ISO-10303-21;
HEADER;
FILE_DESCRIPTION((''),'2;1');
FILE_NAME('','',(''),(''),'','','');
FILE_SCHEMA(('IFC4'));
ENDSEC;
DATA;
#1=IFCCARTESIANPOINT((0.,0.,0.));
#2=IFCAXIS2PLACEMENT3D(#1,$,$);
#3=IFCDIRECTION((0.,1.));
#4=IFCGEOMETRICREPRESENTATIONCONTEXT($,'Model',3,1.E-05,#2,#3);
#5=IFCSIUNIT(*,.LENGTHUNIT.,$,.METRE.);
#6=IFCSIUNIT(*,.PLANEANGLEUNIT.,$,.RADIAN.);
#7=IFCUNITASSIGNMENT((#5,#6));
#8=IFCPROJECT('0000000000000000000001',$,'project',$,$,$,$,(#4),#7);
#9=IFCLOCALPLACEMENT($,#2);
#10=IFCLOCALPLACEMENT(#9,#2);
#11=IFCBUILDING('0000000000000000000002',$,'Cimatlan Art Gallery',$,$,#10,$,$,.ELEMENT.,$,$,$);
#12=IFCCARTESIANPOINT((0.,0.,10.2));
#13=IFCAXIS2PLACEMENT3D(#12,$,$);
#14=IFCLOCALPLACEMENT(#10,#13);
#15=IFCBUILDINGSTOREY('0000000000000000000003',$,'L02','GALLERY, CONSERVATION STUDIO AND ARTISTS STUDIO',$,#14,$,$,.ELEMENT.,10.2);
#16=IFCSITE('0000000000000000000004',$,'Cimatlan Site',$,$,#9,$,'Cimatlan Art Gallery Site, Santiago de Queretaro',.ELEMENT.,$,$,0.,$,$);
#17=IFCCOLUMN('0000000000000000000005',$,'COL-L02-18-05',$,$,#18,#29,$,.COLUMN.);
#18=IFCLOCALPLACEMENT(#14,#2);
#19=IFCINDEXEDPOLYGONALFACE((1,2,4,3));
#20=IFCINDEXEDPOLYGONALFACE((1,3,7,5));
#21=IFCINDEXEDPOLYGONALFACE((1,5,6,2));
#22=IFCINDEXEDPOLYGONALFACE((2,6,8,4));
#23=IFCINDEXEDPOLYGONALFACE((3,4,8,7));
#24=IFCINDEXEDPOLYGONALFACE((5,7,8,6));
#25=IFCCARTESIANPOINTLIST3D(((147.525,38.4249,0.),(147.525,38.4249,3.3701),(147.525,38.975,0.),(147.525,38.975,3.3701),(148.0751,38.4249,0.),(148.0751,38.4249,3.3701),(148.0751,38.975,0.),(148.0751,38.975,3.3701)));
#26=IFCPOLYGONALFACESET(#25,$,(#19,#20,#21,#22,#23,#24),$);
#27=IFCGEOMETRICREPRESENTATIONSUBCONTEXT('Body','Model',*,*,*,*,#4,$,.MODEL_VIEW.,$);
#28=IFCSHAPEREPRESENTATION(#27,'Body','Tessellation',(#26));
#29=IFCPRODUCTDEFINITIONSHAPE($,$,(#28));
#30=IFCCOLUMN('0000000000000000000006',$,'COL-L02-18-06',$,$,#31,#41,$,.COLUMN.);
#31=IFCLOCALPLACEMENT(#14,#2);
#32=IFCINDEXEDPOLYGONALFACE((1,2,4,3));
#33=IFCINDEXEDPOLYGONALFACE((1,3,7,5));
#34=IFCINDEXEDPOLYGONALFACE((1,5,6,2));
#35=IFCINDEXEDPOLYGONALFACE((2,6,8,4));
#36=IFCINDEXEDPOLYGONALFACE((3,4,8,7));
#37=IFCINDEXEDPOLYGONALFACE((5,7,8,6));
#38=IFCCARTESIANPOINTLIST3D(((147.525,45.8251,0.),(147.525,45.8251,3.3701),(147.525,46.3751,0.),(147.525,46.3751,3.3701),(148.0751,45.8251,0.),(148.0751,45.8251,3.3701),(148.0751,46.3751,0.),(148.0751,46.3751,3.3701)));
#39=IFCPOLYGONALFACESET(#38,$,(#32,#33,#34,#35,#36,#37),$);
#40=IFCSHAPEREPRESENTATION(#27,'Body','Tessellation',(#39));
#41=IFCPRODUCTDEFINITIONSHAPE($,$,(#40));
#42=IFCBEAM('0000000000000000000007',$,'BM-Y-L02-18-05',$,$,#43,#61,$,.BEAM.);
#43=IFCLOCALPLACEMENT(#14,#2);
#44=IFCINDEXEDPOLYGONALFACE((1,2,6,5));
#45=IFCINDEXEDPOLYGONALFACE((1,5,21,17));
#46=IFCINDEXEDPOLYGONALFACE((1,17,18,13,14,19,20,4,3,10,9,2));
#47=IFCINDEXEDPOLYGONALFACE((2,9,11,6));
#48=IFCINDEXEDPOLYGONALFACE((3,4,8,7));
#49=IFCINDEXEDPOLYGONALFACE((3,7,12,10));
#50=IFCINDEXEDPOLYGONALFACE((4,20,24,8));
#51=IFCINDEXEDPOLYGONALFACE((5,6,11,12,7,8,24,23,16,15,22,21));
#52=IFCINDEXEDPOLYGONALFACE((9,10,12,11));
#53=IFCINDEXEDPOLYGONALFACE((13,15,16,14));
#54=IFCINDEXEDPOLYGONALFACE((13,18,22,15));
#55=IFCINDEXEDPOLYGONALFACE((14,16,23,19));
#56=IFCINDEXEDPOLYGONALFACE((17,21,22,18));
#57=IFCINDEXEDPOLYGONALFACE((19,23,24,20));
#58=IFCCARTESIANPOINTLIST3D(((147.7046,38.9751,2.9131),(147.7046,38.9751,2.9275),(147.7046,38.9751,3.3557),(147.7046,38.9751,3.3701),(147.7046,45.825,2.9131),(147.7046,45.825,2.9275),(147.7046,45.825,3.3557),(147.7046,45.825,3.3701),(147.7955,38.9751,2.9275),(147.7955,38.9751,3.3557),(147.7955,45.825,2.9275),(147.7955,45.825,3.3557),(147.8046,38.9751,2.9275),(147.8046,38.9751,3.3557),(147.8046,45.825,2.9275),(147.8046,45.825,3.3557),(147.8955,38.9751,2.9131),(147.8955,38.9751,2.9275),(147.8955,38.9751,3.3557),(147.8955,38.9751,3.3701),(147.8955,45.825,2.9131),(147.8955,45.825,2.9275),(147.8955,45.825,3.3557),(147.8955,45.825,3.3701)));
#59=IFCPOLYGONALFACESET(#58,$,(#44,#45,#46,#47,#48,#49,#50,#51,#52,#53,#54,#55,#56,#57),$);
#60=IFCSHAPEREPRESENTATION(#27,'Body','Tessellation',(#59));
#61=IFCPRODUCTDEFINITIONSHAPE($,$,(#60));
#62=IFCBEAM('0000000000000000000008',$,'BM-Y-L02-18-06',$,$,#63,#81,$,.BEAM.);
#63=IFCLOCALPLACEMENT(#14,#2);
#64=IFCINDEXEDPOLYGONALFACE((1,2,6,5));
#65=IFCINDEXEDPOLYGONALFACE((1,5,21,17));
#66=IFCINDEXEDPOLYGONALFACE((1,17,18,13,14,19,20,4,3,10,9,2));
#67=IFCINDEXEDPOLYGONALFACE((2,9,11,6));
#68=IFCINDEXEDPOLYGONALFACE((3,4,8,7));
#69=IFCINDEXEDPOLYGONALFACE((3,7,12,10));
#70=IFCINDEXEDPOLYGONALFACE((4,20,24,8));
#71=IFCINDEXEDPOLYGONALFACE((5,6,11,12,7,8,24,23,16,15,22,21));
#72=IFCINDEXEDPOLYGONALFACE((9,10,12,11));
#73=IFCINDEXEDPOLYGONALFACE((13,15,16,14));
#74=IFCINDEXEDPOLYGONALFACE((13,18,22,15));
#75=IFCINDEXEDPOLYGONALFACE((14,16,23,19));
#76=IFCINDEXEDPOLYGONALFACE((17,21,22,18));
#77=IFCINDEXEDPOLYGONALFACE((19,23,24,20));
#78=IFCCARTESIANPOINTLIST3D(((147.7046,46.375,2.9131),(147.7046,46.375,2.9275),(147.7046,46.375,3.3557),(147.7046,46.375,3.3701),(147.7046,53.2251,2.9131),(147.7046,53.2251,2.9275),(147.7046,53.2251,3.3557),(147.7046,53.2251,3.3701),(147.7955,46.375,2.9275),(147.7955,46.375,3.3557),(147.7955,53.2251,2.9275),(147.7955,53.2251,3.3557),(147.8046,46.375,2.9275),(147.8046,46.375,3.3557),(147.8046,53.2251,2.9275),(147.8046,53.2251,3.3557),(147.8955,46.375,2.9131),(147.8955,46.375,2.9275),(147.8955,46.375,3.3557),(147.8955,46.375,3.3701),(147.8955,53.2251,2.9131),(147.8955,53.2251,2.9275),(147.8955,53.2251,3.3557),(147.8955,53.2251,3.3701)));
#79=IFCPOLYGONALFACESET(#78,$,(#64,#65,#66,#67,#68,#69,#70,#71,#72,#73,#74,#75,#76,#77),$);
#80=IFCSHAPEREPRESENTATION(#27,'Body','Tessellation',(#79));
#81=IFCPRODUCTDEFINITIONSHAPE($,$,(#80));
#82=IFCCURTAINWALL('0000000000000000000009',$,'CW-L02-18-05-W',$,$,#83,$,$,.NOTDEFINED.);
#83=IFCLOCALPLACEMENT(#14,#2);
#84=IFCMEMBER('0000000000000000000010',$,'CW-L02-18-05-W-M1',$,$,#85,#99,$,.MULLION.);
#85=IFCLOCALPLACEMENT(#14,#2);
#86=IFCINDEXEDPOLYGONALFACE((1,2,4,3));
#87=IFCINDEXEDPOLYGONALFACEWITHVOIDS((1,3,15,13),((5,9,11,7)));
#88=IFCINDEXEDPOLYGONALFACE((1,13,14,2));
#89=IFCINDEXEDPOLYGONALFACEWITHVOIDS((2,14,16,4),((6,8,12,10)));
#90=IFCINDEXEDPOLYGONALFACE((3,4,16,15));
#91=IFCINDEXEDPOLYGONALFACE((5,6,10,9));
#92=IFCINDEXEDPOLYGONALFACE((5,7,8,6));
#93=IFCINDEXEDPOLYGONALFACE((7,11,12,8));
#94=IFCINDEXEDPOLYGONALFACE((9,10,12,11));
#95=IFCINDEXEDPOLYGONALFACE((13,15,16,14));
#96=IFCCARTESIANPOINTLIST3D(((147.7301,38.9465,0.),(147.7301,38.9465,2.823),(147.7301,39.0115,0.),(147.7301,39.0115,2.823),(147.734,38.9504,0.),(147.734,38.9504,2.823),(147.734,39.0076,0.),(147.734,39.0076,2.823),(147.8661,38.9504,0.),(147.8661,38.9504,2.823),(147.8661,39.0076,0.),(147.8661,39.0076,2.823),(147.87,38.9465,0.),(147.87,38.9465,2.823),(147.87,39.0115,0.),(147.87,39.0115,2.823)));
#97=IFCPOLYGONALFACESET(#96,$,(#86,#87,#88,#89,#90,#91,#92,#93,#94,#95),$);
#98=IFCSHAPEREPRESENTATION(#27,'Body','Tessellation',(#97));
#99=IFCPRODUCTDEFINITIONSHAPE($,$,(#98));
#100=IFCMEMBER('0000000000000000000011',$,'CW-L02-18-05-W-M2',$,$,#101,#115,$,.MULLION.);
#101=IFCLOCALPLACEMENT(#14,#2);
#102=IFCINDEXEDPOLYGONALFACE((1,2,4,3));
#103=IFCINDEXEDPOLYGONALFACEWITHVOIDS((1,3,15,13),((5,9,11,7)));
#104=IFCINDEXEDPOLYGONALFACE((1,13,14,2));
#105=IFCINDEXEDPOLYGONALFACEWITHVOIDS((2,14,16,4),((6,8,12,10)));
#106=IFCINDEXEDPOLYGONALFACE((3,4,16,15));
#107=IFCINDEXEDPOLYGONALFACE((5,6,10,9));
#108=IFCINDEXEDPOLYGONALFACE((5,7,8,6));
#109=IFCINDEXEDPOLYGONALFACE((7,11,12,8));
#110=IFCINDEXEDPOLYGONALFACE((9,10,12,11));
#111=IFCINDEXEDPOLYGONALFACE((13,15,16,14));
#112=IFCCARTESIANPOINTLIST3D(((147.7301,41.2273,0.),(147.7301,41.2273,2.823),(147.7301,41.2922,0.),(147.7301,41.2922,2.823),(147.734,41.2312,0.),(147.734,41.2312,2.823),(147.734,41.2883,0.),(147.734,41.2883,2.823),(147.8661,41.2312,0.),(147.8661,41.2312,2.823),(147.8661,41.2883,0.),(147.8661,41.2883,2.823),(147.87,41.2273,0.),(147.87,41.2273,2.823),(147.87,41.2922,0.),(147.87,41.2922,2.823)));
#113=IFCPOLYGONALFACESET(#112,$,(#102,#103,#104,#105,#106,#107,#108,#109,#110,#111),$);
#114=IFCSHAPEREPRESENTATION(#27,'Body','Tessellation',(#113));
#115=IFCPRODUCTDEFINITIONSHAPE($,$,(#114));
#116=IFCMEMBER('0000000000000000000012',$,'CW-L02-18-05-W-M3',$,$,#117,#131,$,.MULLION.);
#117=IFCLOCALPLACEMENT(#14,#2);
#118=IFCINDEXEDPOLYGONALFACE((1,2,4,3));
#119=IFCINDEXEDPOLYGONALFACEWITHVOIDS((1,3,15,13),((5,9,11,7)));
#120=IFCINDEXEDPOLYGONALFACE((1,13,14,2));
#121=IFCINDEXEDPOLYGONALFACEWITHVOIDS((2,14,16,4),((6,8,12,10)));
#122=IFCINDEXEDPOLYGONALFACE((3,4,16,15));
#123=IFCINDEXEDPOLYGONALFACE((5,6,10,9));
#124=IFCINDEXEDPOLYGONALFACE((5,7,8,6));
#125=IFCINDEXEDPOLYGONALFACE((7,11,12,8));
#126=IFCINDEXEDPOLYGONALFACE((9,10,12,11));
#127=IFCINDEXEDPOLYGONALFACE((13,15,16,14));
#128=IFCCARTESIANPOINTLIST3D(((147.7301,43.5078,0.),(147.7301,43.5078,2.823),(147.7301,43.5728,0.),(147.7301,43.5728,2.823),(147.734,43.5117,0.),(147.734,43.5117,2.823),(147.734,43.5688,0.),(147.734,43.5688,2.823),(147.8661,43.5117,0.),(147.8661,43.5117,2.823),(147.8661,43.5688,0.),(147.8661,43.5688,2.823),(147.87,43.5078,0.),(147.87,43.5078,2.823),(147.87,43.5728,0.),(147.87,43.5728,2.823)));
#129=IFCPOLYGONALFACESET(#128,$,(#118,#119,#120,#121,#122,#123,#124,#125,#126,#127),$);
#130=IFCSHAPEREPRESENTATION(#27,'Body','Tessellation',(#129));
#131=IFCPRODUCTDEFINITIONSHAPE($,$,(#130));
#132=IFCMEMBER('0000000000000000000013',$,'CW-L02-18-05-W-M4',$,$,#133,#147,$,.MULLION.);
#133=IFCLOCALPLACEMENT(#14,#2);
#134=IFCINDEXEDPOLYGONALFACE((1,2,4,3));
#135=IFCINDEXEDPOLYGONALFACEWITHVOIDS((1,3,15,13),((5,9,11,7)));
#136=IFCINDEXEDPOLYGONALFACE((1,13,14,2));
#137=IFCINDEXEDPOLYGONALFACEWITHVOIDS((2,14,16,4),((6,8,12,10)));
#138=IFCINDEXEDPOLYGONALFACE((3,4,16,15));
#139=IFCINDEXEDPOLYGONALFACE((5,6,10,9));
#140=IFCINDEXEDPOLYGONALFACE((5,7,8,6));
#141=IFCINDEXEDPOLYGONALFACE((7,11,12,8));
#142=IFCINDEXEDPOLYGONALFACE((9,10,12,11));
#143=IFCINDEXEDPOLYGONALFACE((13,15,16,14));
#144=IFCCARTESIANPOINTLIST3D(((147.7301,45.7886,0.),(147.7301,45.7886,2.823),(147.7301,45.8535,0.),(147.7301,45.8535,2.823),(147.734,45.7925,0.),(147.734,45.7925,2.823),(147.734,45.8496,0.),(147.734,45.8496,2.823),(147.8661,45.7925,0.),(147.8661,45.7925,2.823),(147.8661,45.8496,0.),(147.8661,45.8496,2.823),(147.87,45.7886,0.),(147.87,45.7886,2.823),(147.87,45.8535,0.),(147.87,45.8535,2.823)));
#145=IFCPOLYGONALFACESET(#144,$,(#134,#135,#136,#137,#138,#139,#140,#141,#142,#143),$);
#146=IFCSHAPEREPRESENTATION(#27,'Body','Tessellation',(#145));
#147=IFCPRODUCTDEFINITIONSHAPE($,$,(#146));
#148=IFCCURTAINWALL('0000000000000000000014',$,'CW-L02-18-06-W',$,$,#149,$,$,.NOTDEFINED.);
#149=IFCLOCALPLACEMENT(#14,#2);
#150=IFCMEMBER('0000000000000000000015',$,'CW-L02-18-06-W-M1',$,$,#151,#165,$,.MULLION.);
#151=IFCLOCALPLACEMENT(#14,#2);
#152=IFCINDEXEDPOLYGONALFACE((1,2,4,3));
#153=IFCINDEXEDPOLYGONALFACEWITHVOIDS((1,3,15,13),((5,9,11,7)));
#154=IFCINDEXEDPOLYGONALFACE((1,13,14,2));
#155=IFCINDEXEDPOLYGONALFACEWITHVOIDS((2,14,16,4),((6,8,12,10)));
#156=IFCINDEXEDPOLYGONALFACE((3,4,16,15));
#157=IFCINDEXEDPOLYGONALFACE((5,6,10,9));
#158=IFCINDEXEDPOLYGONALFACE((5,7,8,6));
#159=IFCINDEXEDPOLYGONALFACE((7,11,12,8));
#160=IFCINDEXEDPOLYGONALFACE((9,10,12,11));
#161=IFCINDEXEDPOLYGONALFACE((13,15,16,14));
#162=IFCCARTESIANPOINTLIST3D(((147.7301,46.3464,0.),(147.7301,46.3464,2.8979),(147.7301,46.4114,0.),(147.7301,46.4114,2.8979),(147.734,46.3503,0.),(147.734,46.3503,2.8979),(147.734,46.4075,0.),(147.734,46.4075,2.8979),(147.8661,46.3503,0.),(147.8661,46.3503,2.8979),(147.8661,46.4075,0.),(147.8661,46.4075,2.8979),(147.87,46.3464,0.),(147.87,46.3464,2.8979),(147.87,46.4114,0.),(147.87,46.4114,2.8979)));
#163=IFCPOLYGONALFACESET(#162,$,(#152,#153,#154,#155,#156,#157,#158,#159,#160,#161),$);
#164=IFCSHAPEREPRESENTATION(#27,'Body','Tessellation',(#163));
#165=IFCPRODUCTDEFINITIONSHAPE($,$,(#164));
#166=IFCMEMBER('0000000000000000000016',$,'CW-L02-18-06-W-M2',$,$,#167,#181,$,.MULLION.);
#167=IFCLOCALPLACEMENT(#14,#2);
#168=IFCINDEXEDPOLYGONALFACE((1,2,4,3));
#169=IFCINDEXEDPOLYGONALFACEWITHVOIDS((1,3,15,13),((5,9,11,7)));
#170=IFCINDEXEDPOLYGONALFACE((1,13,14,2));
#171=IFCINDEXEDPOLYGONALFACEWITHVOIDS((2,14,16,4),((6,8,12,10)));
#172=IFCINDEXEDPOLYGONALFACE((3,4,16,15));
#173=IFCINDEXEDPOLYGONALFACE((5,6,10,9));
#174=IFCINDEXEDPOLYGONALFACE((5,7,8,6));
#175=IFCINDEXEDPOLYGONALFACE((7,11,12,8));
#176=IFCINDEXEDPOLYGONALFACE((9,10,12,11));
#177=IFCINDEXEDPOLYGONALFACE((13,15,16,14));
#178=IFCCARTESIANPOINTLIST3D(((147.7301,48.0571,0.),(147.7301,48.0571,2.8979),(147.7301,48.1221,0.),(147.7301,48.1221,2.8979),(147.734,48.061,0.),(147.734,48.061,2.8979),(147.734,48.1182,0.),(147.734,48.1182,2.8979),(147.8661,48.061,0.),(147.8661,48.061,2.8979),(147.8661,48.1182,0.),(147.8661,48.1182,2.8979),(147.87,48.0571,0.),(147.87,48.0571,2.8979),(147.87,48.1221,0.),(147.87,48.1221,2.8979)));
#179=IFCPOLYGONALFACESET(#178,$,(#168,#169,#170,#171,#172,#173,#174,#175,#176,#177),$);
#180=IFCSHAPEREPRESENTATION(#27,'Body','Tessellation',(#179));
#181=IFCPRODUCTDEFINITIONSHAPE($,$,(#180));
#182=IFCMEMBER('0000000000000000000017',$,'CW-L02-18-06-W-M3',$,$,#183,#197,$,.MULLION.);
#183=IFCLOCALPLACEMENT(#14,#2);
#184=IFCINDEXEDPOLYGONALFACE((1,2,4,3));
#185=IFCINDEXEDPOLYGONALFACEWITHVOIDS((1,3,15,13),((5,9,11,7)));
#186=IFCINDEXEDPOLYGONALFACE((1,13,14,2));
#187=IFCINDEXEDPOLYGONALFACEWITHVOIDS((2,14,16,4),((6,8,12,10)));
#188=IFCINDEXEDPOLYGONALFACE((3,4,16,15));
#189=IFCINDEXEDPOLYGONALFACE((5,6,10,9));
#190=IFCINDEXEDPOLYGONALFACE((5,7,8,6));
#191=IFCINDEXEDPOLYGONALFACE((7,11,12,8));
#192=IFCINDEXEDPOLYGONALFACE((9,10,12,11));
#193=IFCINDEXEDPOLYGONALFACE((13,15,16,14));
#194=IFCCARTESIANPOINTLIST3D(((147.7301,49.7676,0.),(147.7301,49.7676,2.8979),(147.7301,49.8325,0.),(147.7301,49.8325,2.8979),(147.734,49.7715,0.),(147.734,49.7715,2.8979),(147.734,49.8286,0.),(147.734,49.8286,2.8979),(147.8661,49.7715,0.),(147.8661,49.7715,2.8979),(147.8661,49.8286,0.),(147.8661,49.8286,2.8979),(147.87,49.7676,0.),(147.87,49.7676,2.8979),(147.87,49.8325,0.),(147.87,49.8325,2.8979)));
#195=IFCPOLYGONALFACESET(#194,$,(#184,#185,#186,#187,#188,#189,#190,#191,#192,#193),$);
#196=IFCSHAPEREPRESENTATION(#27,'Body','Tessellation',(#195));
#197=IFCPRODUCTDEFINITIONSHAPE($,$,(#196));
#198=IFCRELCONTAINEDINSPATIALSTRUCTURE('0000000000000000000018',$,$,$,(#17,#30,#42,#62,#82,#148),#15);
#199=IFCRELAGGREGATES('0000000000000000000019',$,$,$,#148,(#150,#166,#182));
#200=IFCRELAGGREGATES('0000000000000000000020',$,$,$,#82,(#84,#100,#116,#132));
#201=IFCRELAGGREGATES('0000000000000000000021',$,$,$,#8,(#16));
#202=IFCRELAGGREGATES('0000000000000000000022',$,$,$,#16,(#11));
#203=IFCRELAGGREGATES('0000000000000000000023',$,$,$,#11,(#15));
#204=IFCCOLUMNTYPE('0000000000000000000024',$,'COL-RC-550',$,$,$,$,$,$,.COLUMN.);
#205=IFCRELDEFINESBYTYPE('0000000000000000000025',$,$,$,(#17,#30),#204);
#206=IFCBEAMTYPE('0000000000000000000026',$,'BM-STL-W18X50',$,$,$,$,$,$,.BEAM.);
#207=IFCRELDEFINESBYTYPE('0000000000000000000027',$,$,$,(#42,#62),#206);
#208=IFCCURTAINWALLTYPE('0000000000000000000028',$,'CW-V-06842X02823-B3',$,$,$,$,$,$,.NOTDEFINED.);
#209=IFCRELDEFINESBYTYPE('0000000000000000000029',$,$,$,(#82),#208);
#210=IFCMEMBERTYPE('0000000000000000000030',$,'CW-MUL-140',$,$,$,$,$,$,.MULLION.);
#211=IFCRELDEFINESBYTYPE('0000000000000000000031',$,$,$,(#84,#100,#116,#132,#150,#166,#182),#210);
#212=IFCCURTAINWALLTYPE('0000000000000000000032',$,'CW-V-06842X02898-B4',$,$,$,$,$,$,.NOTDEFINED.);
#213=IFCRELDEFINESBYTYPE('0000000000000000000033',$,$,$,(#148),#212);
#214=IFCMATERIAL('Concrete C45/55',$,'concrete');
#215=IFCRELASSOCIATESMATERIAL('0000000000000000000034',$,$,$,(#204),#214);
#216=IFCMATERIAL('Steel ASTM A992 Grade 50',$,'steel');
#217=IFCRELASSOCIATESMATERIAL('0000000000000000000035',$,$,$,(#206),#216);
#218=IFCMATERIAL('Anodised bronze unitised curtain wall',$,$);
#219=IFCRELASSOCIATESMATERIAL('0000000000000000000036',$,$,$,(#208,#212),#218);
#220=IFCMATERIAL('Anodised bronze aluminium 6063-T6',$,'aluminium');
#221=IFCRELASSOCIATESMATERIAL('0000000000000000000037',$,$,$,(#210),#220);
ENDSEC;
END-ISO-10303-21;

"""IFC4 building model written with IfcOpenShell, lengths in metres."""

from ifc_helpers import new_model, si_unit, direction, frame, origin, origin_2d, place, context, subcontext, project, spatial, rectangle, hollow_rectangle, i_section, extrude, material, material_profile, profile_set, type_object, element, aggregate, save


model = new_model("IFC4")

# Units and contexts
model_context = context("Model", 3, precision=1e-05, world=origin(), true_north=direction((0.0, 1.0)))
body_context = subcontext(model_context, "Body", "Model", "MODEL_VIEW")
ifc_project = project(units=[si_unit("LENGTHUNIT", "METRE"), si_unit("PLANEANGLEUNIT", "RADIAN")], contexts=[model_context])

# Site, building, storey
site_placement = place(None, origin())
site = spatial("IfcSite", under=ifc_project, at=site_placement, Name="Cimatlan Site", LongName="Cimatlan Art Gallery Site, Santiago de Queretaro", CompositionType="ELEMENT", RefElevation=0.0)
building_placement = place(site_placement, origin())
building = spatial("IfcBuilding", under=site, at=building_placement, Name="Cimatlan Art Gallery", CompositionType="ELEMENT")
storey_placement = place(building_placement, frame((0.0, 0.0, 10.2)))
storey = spatial("IfcBuildingStorey", under=building, at=storey_placement, Name="L02", Description="GALLERY, CONSERVATION STUDIO AND ARTISTS STUDIO", CompositionType="ELEMENT", Elevation=10.2)

# Columns
ifc_material_1 = material(Name="Concrete C45/55", Category="concrete")
ifc_material_profile_1 = material_profile(ifc_material_1, rectangle(XDim=0.55, YDim=0.55, at=origin_2d()), Name="RC550X550")
ifc_profile_set_1 = profile_set([ifc_material_profile_1], Name="Concrete C45/55")
column_type = type_object("IfcColumnType", Name="COL-RC-550", PredefinedType="COLUMN", material=ifc_profile_set_1)
for number, where, z_axis, x_axis, name in (
    (1, (147.8, 38.7, 0.0), (0.0, 0.0, 1.0), (1.0, 0.0, 0.0), "COL-L02-18-05"),
    (2, (147.8, 46.1001, 0.0), (0.0, 0.0, 1.0), (1.0, 0.0, 0.0), "COL-L02-18-06"),
):
    element("IfcColumn", number, at=place(storey_placement, frame(where, z_axis=z_axis, x_axis=x_axis)), inside=storey, type_object=column_type, Name=name, PredefinedType="COLUMN", context=body_context, shape_type="SweptSolid", body=[
        extrude(rectangle(XDim=0.55, YDim=0.55, at=origin_2d()), origin(), (0.0, 0.0, 1.0), 3.3701),
    ])

# Beams
ifc_material_2 = material(Name="Steel ASTM A992 Grade 50", Category="steel")
ifc_material_profile_2 = material_profile(ifc_material_2, i_section(OverallWidth=0.1909, OverallDepth=0.457, WebThickness=0.009, FlangeThickness=0.0144, at=origin_2d()), Name="W18X50")
ifc_profile_set_2 = profile_set([ifc_material_profile_2], Name="Steel ASTM A992 Grade 50")
beam_type = type_object("IfcBeamType", Name="BM-STL-W18X50", PredefinedType="BEAM", material=ifc_profile_set_2)
beam_1_placement = place(storey_placement, frame((147.8, 38.9751, 3.1416), z_axis=(0.0, 1.0, 0.0), x_axis=(-1.0, 0.0, 0.0)))
element("IfcBeam", 3, at=beam_1_placement, inside=storey, type_object=beam_type, Name="BM-Y-L02-18-05", PredefinedType="BEAM", context=body_context, shape_type="SweptSolid", body=[
    extrude(i_section(OverallWidth=0.1909, OverallDepth=0.457, WebThickness=0.009, FlangeThickness=0.0144, at=origin_2d()), origin(), (0.0, 0.0, 1.0), 6.8499),
])
beam_2_placement = place(storey_placement, frame((147.8, 46.375, 3.1416), z_axis=(0.0, 1.0, 0.0), x_axis=(-1.0, 0.0, 0.0)))
element("IfcBeam", 4, at=beam_2_placement, inside=storey, type_object=beam_type, Name="BM-Y-L02-18-06", PredefinedType="BEAM", context=body_context, shape_type="SweptSolid", body=[
    extrude(i_section(OverallWidth=0.1909, OverallDepth=0.457, WebThickness=0.009, FlangeThickness=0.0144, at=origin_2d()), origin(), (0.0, 0.0, 1.0), 6.8501),
])

# Curtain walls, members
ifc_material_3 = material(Name="Anodised bronze unitised curtain wall")
curtain_wall_type_1 = type_object("IfcCurtainWallType", Name="CW-V-06842X02823-B3", PredefinedType="NOTDEFINED", material=ifc_material_3)
curtain_wall_1_placement = place(storey_placement, origin())
curtain_wall_1 = element("IfcCurtainWall", 5, at=curtain_wall_1_placement, inside=storey, type_object=curtain_wall_type_1, Name="CW-L02-18-05-W", PredefinedType="NOTDEFINED")
ifc_material_4 = material(Name="Anodised bronze aluminium 6063-T6", Category="aluminium")
ifc_material_profile_3 = material_profile(ifc_material_4, hollow_rectangle(XDim=0.0649, YDim=0.1399, WallThickness=0.0039, at=origin_2d()), Name="ALU65X140X4")
ifc_profile_set_3 = profile_set([ifc_material_profile_3], Name="Anodised bronze aluminium 6063-T6")
member_type_1 = type_object("IfcMemberType", Name="CW-MUL-140", PredefinedType="MULLION", material=ifc_profile_set_3)
member_1_placement = place(storey_placement, frame((147.8, 38.979, 0.0), z_axis=(0.0, 0.0, 1.0), x_axis=(0.0, 1.0, 0.0)))
member_1 = element("IfcMember", 6, at=member_1_placement, type_object=member_type_1, Name="CW-L02-18-05-W-M1", PredefinedType="MULLION", context=body_context, shape_type="SweptSolid", body=[
    extrude(hollow_rectangle(XDim=0.0649, YDim=0.1399, WallThickness=0.0039, at=origin_2d()), origin(), (0.0, 0.0, 1.0), 2.823),
])
member_2_placement = place(storey_placement, frame((147.8, 41.2598, 0.0), z_axis=(0.0, 0.0, 1.0), x_axis=(0.0, 1.0, 0.0)))
member_2 = element("IfcMember", 7, at=member_2_placement, type_object=member_type_1, Name="CW-L02-18-05-W-M2", PredefinedType="MULLION", context=body_context, shape_type="SweptSolid", body=[
    extrude(hollow_rectangle(XDim=0.0649, YDim=0.1399, WallThickness=0.0039, at=origin_2d()), origin(), (0.0, 0.0, 1.0), 2.823),
])
member_3_placement = place(storey_placement, frame((147.8, 43.5403, 0.0), z_axis=(0.0, 0.0, 1.0), x_axis=(0.0, 1.0, 0.0)))
member_3 = element("IfcMember", 8, at=member_3_placement, type_object=member_type_1, Name="CW-L02-18-05-W-M3", PredefinedType="MULLION", context=body_context, shape_type="SweptSolid", body=[
    extrude(hollow_rectangle(XDim=0.0649, YDim=0.1399, WallThickness=0.0039, at=origin_2d()), origin(), (0.0, 0.0, 1.0), 2.823),
])
member_4_placement = place(storey_placement, frame((147.8, 45.821, 0.0), z_axis=(0.0, 0.0, 1.0), x_axis=(0.0, 1.0, 0.0)))
member_4 = element("IfcMember", 9, at=member_4_placement, type_object=member_type_1, Name="CW-L02-18-05-W-M4", PredefinedType="MULLION", context=body_context, shape_type="SweptSolid", body=[
    extrude(hollow_rectangle(XDim=0.0649, YDim=0.1399, WallThickness=0.0039, at=origin_2d()), origin(), (0.0, 0.0, 1.0), 2.823),
])
curtain_wall_type_2 = type_object("IfcCurtainWallType", Name="CW-V-06842X02898-B4", PredefinedType="NOTDEFINED", material=ifc_material_3)
curtain_wall_2_placement = place(storey_placement, origin())
curtain_wall_2 = element("IfcCurtainWall", 10, at=curtain_wall_2_placement, inside=storey, type_object=curtain_wall_type_2, Name="CW-L02-18-06-W", PredefinedType="NOTDEFINED")
member_5_placement = place(storey_placement, frame((147.8, 46.3789, 0.0), z_axis=(0.0, 0.0, 1.0), x_axis=(0.0, 1.0, 0.0)))
member_5 = element("IfcMember", 11, at=member_5_placement, type_object=member_type_1, Name="CW-L02-18-06-W-M1", PredefinedType="MULLION", context=body_context, shape_type="SweptSolid", body=[
    extrude(hollow_rectangle(XDim=0.0649, YDim=0.1399, WallThickness=0.0039, at=origin_2d()), origin(), (0.0, 0.0, 1.0), 2.8979),
])
member_6_placement = place(storey_placement, frame((147.8, 48.0896, 0.0), z_axis=(0.0, 0.0, 1.0), x_axis=(0.0, 1.0, 0.0)))
member_6 = element("IfcMember", 12, at=member_6_placement, type_object=member_type_1, Name="CW-L02-18-06-W-M2", PredefinedType="MULLION", context=body_context, shape_type="SweptSolid", body=[
    extrude(hollow_rectangle(XDim=0.0649, YDim=0.1399, WallThickness=0.0039, at=origin_2d()), origin(), (0.0, 0.0, 1.0), 2.8979),
])
member_7_placement = place(storey_placement, frame((147.8, 49.8, 0.0), z_axis=(0.0, 0.0, 1.0), x_axis=(0.0, 1.0, 0.0)))
member_7 = element("IfcMember", 13, at=member_7_placement, type_object=member_type_1, Name="CW-L02-18-06-W-M3", PredefinedType="MULLION", context=body_context, shape_type="SweptSolid", body=[
    extrude(hollow_rectangle(XDim=0.0649, YDim=0.1399, WallThickness=0.0039, at=origin_2d()), origin(), (0.0, 0.0, 1.0), 2.8979),
])

aggregate(curtain_wall_2, [member_5, member_6, member_7])
aggregate(curtain_wall_1, [member_1, member_2, member_3, member_4])

save(model, "model.ifc")
